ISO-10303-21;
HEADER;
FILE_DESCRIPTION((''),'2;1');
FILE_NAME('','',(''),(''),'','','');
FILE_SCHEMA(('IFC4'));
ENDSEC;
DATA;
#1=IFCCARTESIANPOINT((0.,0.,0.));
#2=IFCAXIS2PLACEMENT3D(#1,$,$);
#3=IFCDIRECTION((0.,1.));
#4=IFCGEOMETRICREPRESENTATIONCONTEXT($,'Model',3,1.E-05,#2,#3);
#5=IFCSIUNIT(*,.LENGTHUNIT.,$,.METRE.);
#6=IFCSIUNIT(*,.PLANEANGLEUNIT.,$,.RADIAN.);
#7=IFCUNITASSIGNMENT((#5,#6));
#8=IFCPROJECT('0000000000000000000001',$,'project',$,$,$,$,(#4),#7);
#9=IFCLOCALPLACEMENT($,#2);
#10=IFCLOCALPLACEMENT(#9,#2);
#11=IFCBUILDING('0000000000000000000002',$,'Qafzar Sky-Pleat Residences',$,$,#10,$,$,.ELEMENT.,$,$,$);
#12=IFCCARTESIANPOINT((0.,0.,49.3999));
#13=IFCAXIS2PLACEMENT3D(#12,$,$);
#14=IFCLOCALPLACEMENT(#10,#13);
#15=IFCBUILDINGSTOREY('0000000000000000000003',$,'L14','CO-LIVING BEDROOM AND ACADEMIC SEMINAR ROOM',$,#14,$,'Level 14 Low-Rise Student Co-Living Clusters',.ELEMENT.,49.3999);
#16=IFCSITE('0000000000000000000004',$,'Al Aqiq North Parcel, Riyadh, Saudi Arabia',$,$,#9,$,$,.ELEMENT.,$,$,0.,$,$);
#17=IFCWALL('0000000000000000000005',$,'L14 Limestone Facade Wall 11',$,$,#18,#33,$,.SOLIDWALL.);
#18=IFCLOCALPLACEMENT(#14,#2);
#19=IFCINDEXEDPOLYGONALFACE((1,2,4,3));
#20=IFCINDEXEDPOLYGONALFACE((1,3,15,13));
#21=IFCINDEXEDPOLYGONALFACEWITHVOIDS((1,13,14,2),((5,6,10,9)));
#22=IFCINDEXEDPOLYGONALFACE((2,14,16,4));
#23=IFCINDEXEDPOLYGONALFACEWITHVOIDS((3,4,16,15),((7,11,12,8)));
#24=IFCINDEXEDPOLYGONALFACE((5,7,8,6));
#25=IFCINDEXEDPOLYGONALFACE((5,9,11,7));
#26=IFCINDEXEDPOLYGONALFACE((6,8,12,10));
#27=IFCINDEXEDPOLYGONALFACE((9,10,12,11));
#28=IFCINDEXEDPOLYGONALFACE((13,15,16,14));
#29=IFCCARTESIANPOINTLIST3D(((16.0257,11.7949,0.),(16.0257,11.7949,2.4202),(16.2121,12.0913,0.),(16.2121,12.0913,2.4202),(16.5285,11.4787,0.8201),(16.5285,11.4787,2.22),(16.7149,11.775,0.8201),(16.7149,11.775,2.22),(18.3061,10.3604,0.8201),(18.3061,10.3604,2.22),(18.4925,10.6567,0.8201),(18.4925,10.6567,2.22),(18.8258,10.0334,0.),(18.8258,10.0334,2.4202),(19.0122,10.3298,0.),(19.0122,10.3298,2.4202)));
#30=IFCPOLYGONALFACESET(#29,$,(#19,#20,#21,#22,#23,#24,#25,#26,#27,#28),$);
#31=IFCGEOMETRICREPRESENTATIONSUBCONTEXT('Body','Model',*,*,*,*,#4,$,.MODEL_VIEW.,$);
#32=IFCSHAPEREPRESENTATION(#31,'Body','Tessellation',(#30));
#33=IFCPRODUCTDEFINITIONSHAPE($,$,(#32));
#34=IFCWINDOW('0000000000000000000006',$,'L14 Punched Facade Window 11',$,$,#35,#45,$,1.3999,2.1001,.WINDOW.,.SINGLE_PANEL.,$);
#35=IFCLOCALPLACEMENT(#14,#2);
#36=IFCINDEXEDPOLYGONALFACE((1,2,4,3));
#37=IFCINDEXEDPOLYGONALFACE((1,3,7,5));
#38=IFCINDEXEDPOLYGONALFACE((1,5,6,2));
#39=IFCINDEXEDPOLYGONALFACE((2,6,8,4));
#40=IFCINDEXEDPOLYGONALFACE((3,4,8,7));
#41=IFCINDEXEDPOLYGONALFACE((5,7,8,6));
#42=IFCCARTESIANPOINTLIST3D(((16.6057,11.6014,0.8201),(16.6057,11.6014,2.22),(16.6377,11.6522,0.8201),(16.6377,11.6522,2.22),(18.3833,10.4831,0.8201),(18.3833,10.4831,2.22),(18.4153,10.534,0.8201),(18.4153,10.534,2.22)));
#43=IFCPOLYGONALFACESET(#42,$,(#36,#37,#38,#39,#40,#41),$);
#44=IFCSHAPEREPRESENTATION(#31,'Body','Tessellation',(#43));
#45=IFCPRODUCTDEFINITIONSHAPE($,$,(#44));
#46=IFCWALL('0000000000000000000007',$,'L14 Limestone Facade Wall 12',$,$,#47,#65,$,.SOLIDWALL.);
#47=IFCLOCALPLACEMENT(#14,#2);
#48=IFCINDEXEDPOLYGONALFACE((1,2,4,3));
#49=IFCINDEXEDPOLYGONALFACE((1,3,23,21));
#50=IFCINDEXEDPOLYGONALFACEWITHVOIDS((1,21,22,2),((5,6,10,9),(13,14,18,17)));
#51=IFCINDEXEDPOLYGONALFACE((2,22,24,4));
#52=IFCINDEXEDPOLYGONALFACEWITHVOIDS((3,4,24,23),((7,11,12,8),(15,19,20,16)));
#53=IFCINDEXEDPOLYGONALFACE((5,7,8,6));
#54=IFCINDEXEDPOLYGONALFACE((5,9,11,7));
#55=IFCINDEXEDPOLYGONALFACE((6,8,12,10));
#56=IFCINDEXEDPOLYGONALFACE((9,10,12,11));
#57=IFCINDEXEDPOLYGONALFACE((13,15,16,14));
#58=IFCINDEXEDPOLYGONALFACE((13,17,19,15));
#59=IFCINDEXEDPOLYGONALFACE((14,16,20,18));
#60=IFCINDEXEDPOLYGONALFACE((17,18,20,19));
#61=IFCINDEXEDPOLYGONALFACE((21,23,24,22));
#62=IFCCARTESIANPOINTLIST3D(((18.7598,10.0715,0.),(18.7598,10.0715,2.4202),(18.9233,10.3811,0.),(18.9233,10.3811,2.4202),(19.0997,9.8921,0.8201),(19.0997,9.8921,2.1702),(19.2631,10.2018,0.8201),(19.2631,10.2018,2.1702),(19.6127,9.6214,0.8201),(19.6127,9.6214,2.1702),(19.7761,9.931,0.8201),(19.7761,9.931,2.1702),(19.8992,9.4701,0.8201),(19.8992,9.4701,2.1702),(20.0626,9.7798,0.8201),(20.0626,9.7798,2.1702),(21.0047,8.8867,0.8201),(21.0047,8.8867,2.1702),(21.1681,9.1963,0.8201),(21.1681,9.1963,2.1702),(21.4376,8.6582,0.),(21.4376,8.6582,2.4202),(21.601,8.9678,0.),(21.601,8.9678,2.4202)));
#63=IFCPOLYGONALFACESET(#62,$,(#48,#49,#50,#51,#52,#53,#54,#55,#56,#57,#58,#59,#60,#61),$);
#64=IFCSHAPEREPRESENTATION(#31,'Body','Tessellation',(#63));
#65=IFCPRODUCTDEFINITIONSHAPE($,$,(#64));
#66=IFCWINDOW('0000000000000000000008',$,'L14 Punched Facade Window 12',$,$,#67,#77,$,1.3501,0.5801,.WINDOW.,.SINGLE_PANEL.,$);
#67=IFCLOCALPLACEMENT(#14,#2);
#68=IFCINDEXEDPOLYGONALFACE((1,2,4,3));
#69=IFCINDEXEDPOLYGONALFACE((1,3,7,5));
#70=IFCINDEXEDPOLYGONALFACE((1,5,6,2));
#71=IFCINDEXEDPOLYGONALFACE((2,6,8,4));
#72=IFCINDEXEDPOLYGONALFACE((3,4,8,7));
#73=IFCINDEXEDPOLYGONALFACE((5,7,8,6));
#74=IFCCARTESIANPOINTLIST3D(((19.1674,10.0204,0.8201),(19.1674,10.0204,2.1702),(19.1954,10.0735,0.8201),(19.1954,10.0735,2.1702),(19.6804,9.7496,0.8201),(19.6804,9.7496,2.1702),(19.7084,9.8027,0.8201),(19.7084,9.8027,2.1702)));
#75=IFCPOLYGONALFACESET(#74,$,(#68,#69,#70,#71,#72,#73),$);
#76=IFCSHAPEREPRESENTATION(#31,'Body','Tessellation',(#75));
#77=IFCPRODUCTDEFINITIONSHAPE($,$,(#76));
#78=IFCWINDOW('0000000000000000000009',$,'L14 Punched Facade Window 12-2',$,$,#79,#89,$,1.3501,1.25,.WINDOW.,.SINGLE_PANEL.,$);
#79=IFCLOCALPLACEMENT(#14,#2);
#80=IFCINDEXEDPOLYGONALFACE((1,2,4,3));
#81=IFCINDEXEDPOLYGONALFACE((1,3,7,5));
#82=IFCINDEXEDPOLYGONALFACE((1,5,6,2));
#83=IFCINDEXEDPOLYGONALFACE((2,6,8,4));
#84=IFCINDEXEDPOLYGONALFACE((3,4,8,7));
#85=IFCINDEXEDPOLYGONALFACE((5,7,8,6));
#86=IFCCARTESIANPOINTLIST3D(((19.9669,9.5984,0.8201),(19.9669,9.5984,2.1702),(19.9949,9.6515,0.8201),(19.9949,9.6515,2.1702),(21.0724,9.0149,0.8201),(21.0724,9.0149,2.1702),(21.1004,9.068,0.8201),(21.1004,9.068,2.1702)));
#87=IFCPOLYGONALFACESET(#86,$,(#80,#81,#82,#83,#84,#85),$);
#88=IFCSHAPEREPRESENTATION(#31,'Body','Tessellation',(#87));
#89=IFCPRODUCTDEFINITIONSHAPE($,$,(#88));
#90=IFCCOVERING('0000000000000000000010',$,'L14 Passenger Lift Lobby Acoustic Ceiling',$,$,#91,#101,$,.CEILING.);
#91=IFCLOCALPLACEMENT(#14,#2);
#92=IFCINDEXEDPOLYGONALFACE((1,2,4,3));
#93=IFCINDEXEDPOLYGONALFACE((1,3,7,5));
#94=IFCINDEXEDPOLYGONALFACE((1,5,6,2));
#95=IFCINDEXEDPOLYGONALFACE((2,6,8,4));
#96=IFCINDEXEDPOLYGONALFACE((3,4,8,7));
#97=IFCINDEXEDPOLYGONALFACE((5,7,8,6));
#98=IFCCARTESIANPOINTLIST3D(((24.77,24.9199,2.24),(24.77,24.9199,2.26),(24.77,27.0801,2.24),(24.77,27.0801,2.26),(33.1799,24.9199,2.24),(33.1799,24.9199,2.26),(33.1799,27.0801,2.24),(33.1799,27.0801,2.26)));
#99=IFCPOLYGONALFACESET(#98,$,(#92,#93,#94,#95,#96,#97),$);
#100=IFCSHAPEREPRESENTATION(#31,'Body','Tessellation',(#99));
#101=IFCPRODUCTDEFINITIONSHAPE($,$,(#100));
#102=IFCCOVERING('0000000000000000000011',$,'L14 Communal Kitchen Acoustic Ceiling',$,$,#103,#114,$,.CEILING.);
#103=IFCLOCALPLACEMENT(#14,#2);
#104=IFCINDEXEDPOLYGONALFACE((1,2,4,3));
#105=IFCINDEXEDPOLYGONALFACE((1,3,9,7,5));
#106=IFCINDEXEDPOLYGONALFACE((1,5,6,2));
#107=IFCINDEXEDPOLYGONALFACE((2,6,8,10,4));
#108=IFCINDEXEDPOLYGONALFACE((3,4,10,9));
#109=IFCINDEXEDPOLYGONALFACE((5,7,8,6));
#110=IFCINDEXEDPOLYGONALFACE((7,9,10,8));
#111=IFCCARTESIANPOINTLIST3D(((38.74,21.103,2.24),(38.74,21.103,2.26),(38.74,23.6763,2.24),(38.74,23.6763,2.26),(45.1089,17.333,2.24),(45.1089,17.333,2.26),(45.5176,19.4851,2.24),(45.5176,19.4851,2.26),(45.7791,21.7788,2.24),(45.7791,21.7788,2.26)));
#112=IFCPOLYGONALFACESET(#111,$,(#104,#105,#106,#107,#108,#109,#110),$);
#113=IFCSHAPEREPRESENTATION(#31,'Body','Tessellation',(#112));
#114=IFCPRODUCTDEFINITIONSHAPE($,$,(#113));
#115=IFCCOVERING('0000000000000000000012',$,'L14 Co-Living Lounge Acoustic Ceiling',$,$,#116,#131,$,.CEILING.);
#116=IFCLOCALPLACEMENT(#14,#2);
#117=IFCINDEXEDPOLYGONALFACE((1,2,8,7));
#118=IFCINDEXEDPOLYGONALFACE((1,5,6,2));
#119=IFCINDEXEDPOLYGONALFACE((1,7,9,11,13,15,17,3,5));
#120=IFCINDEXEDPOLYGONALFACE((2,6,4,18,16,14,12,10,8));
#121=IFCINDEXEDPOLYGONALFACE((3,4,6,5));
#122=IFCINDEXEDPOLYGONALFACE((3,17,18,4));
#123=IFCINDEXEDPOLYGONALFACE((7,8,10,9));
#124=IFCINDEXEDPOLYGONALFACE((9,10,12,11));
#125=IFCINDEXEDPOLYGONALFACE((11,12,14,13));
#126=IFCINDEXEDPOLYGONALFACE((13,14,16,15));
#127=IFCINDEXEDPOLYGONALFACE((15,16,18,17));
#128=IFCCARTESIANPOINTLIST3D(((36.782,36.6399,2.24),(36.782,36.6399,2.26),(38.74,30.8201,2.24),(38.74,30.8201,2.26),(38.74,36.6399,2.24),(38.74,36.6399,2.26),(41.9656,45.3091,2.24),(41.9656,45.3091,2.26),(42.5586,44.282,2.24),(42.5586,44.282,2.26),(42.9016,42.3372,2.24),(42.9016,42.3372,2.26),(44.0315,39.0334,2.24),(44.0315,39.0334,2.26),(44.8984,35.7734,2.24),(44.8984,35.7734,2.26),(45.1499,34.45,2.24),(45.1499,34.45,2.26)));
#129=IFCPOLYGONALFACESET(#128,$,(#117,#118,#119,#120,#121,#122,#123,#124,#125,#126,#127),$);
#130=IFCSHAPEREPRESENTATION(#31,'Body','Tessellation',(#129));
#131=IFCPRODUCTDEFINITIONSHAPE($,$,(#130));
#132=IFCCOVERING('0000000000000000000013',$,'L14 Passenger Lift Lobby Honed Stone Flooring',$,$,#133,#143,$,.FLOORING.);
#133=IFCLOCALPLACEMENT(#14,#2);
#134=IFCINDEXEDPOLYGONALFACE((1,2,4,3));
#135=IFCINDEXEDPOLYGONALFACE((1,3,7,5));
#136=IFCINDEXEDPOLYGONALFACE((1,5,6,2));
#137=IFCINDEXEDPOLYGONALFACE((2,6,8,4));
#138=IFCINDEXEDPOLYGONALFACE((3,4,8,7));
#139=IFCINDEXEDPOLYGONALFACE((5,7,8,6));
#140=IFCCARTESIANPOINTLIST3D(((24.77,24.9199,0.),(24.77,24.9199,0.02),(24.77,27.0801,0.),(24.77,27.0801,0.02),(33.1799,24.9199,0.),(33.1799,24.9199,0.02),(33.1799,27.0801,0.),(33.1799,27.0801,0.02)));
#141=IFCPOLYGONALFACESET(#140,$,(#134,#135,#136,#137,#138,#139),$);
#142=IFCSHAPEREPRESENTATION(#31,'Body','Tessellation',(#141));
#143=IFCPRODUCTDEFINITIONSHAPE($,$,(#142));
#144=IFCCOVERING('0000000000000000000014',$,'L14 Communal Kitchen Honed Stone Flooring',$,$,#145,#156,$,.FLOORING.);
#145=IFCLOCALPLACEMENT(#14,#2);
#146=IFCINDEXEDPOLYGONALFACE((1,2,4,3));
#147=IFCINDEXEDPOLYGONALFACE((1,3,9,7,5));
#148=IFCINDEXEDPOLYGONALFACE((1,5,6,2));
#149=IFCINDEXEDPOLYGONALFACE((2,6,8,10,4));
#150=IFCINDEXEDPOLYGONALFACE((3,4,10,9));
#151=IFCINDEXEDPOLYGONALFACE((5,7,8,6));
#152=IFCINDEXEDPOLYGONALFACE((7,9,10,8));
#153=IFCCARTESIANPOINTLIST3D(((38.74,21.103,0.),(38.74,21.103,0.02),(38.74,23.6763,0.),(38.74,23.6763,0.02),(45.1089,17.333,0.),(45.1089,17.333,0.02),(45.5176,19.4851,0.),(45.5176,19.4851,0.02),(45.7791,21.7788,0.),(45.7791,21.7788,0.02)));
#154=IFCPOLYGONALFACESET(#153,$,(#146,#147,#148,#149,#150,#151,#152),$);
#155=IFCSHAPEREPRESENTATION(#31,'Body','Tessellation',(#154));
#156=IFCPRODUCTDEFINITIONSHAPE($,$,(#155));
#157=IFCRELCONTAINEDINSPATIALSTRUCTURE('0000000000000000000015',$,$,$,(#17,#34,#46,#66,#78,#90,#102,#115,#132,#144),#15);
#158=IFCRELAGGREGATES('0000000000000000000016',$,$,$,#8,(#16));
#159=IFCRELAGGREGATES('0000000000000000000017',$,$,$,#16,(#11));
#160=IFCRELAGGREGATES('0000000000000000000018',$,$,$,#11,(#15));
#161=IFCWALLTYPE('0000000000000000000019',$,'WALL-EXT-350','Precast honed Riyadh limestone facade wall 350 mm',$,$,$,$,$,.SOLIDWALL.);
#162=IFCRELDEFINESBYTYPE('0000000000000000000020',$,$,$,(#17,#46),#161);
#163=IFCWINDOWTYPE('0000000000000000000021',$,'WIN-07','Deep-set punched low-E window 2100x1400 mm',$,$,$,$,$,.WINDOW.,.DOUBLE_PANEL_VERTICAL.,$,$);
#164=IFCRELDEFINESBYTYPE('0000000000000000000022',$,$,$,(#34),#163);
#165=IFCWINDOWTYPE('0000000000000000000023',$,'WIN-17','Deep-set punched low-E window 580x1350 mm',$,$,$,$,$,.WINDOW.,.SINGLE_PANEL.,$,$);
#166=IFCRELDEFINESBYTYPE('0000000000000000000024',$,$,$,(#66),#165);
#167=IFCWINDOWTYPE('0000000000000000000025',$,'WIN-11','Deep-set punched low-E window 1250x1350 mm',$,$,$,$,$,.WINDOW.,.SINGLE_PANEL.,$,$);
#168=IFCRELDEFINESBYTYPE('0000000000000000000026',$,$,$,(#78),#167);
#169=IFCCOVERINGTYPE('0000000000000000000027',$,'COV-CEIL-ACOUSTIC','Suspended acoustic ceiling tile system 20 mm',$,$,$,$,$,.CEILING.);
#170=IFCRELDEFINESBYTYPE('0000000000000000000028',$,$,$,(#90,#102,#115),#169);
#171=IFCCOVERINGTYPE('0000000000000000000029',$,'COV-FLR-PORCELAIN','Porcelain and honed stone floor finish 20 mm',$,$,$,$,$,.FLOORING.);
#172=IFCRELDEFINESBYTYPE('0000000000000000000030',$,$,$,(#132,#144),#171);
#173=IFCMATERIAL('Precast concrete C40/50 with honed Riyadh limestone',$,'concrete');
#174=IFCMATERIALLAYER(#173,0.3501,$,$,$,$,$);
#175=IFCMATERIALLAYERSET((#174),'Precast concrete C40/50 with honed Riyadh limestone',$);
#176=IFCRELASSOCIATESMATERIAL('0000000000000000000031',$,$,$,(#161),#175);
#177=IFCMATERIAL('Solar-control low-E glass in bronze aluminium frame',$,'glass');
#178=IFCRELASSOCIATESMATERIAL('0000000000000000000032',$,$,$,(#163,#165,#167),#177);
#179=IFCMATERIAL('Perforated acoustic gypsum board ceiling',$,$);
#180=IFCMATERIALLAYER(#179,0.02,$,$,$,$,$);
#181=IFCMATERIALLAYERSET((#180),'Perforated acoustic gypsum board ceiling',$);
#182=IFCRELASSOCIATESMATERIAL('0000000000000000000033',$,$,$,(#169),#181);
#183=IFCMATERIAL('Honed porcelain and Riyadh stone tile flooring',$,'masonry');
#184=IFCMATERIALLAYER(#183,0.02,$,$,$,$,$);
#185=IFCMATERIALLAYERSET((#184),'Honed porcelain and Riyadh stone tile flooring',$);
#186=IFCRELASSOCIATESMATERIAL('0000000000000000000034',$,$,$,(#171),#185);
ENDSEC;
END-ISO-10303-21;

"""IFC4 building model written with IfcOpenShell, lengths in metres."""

from ifc_helpers import new_model, si_unit, direction, frame, frame_2d, origin, place, context, subcontext, project, spatial, polyline, rectangle, outline, extrude, source, transform, mapped, material, layer, layer_set, type_object, element, fill, save


model = new_model("IFC4")

# Units and contexts
model_context = context("Model", 3, precision=1e-05, world=origin(), true_north=direction((0.0, 1.0)))
body_context = subcontext(model_context, "Body", "Model", "MODEL_VIEW")
ifc_project = project(units=[si_unit("LENGTHUNIT", "METRE"), si_unit("PLANEANGLEUNIT", "RADIAN")], contexts=[model_context])

# Site, building, storey
site_placement = place(None, origin())
site = spatial("IfcSite", under=ifc_project, at=site_placement, Name="Al Aqiq North Parcel, Riyadh, Saudi Arabia", CompositionType="ELEMENT", RefElevation=0.0)
building_placement = place(site_placement, origin())
building = spatial("IfcBuilding", under=site, at=building_placement, Name="Qafzar Sky-Pleat Residences", CompositionType="ELEMENT")
storey_placement = place(building_placement, frame((0.0, 0.0, 49.3999)))
storey = spatial("IfcBuildingStorey", under=building, at=storey_placement, Name="L14", Description="CO-LIVING BEDROOM AND ACADEMIC SEMINAR ROOM", LongName="Level 14 Low-Rise Student Co-Living Clusters", CompositionType="ELEMENT", Elevation=49.3999)

# Wall, opening, window
ifc_material_1 = material(Name="Precast concrete C40/50 with honed Riyadh limestone", Category="concrete")
ifc_layer_1 = layer(ifc_material_1, 0.3501)
ifc_layer_set_1 = layer_set([ifc_layer_1], Name="Precast concrete C40/50 with honed Riyadh limestone")
wall_type = type_object("IfcWallType", Name="WALL-EXT-350", Description="Precast honed Riyadh limestone facade wall 350 mm", PredefinedType="SOLIDWALL", material=ifc_layer_set_1)
wall_1_placement = place(storey_placement, frame((16.1189, 11.9431, 0.0), z_axis=(0.0, 0.0, 1.0), x_axis=(0.84644, -0.532484, 0.0)))
wall_1 = element("IfcWall", 1, at=wall_1_placement, inside=storey, type_object=wall_type, Name="L14 Limestone Facade Wall 11", PredefinedType="SOLIDWALL", context=body_context, shape_type="SweptSolid", body=[
    extrude(rectangle(XDim=3.3081, YDim=0.3501, at=frame_2d((1.6541, 0.0))), origin(), (0.0, 0.0, 1.0), 2.4202),
])
opening_1_placement = place(wall_1_placement, frame((0.594, 0.0, 0.8201)))
opening_1 = element("IfcOpeningElement", 2, at=opening_1_placement, cuts=wall_1, PredefinedType="OPENING", context=body_context, shape_type="SweptSolid", body=[
    extrude(rectangle(XDim=2.1001, YDim=1.3999, at=frame_2d((1.05, 0.7))), frame((0.0, 0.1851, 0.0), z_axis=(0.0, -1.0, 0.0), x_axis=(1.0, 0.0, 0.0)), (0.0, 0.0, 1.0), 0.3701),
])
ifc_material_2 = material(Name="Solar-control low-E glass in bronze aluminium frame", Category="glass")
window_type_1 = type_object("IfcWindowType", Name="WIN-07", Description="Deep-set punched low-E window 2100x1400 mm", PartitioningType="DOUBLE_PANEL_VERTICAL", PredefinedType="WINDOW", material=ifc_material_2)
shared_shape_1 = source(origin(), body_context, "Body", "SweptSolid", [
    extrude(rectangle(XDim=2.1001, YDim=1.3999, at=frame_2d((1.05, 0.7))), frame((0.0, 0.03, 0.0), z_axis=(0.0, -1.0, 0.0), x_axis=(1.0, 0.0, 0.0)), (0.0, 0.0, 1.0), 0.0601),
])
window_1_placement = place(opening_1_placement, origin())
window_1 = element("IfcWindow", 3, at=window_1_placement, inside=storey, type_object=window_type_1, Name="L14 Punched Facade Window 11", OverallHeight=1.3999, OverallWidth=2.1001, PartitioningType="SINGLE_PANEL", PredefinedType="WINDOW", context=body_context, shape_type="MappedRepresentation", body=[
    mapped(shared_shape_1, transform((0.0, 0.0, 0.0), x_axis=(1.0, 0.0, 0.0), y_axis=(0.0, 1.0, 0.0), z_axis=(0.0, 0.0, 1.0), scale=1.0)),
])
fill(opening_1, window_1)

# Wall, openings, windows
wall_2_placement = place(storey_placement, frame((18.8416, 10.2263, 0.0), z_axis=(0.0, 0.0, 1.0), x_axis=(0.884374, -0.46678, 0.0)))
wall_2 = element("IfcWall", 4, at=wall_2_placement, inside=storey, type_object=wall_type, Name="L14 Limestone Facade Wall 12", PredefinedType="SOLIDWALL", context=body_context, shape_type="SweptSolid", body=[
    extrude(rectangle(XDim=3.0278, YDim=0.3501, at=frame_2d((1.5139, 0.0))), origin(), (0.0, 0.0, 1.0), 2.4202),
])
opening_2_placement = place(wall_2_placement, frame((0.3843, 0.0, 0.8201)))
opening_2 = element("IfcOpeningElement", 5, at=opening_2_placement, cuts=wall_2, PredefinedType="OPENING", context=body_context, shape_type="SweptSolid", body=[
    extrude(rectangle(XDim=0.5801, YDim=1.3501, at=frame_2d((0.29, 0.675))), frame((0.0, 0.1851, 0.0), z_axis=(0.0, -1.0, 0.0), x_axis=(1.0, 0.0, 0.0)), (0.0, 0.0, 1.0), 0.3701),
])
opening_3_placement = place(wall_2_placement, frame((1.2883, 0.0, 0.8201)))
opening_3 = element("IfcOpeningElement", 6, at=opening_3_placement, cuts=wall_2, PredefinedType="OPENING", context=body_context, shape_type="SweptSolid", body=[
    extrude(rectangle(XDim=1.25, YDim=1.3501, at=frame_2d((0.625, 0.675))), frame((0.0, 0.1851, 0.0), z_axis=(0.0, -1.0, 0.0), x_axis=(1.0, 0.0, 0.0)), (0.0, 0.0, 1.0), 0.3701),
])
window_type_2 = type_object("IfcWindowType", Name="WIN-17", Description="Deep-set punched low-E window 580x1350 mm", PartitioningType="SINGLE_PANEL", PredefinedType="WINDOW", material=ifc_material_2)
shared_shape_2 = source(origin(), body_context, "Body", "SweptSolid", [
    extrude(rectangle(XDim=0.5801, YDim=1.3501, at=frame_2d((0.29, 0.675))), frame((0.0, 0.03, 0.0), z_axis=(0.0, -1.0, 0.0), x_axis=(1.0, 0.0, 0.0)), (0.0, 0.0, 1.0), 0.0601),
])
window_2_placement = place(opening_2_placement, origin())
window_2 = element("IfcWindow", 7, at=window_2_placement, inside=storey, type_object=window_type_2, Name="L14 Punched Facade Window 12", OverallHeight=1.3501, OverallWidth=0.5801, PartitioningType="SINGLE_PANEL", PredefinedType="WINDOW", context=body_context, shape_type="MappedRepresentation", body=[
    mapped(shared_shape_2, transform((0.0, 0.0, 0.0), x_axis=(1.0, 0.0, 0.0), y_axis=(0.0, 1.0, 0.0), z_axis=(0.0, 0.0, 1.0), scale=1.0)),
])
fill(opening_2, window_2)
window_type_3 = type_object("IfcWindowType", Name="WIN-11", Description="Deep-set punched low-E window 1250x1350 mm", PartitioningType="SINGLE_PANEL", PredefinedType="WINDOW", material=ifc_material_2)
shared_shape_3 = source(origin(), body_context, "Body", "SweptSolid", [
    extrude(rectangle(XDim=1.25, YDim=1.3501, at=frame_2d((0.625, 0.675))), frame((0.0, 0.03, 0.0), z_axis=(0.0, -1.0, 0.0), x_axis=(1.0, 0.0, 0.0)), (0.0, 0.0, 1.0), 0.0601),
])
window_3_placement = place(opening_3_placement, origin())
window_3 = element("IfcWindow", 8, at=window_3_placement, inside=storey, type_object=window_type_3, Name="L14 Punched Facade Window 12-2", OverallHeight=1.3501, OverallWidth=1.25, PartitioningType="SINGLE_PANEL", PredefinedType="WINDOW", context=body_context, shape_type="MappedRepresentation", body=[
    mapped(shared_shape_3, transform((0.0, 0.0, 0.0), x_axis=(1.0, 0.0, 0.0), y_axis=(0.0, 1.0, 0.0), z_axis=(0.0, 0.0, 1.0), scale=1.0)),
])
fill(opening_3, window_3)

# Coverings
ifc_material_3 = material(Name="Perforated acoustic gypsum board ceiling")
ifc_layer_2 = layer(ifc_material_3, 0.02)
ifc_layer_set_2 = layer_set([ifc_layer_2], Name="Perforated acoustic gypsum board ceiling")
covering_type_1 = type_object("IfcCoveringType", Name="COV-CEIL-ACOUSTIC", Description="Suspended acoustic ceiling tile system 20 mm", PredefinedType="CEILING", material=ifc_layer_set_2)
covering_1_placement = place(storey_placement, frame((0.0, 0.0, 2.24)))
element("IfcCovering", 9, at=covering_1_placement, inside=storey, type_object=covering_type_1, Name="L14 Passenger Lift Lobby Acoustic Ceiling", PredefinedType="CEILING", context=body_context, shape_type="SweptSolid", body=[
    extrude(outline(polyline([(33.1799, 24.9199), (24.77, 24.9199), (24.77, 27.0801), (33.1799, 27.0801), (33.1799, 24.9199)])), origin(), (0.0, 0.0, 1.0), 0.02),
])
covering_2_placement = place(storey_placement, frame((0.0, 0.0, 2.24)))
element("IfcCovering", 10, at=covering_2_placement, inside=storey, type_object=covering_type_1, Name="L14 Communal Kitchen Acoustic Ceiling", PredefinedType="CEILING", context=body_context, shape_type="SweptSolid", body=[
    extrude(outline(polyline([(45.5176, 19.4851), (45.1089, 17.333), (38.74, 21.103), (38.74, 23.6763), (45.7791, 21.7788), (45.5176, 19.4851)])), origin(), (0.0, 0.0, 1.0), 0.02),
])
covering_3_placement = place(storey_placement, frame((0.0, 0.0, 2.24)))
element("IfcCovering", 11, at=covering_3_placement, inside=storey, type_object=covering_type_1, Name="L14 Co-Living Lounge Acoustic Ceiling", PredefinedType="CEILING", context=body_context, shape_type="SweptSolid", body=[
    extrude(outline(polyline([(42.5586, 44.282), (42.9016, 42.3372), (44.0315, 39.0334), (44.8984, 35.7734), (45.1499, 34.45), (38.74, 30.8201), (38.74, 36.6399), (36.782, 36.6399), (41.9656, 45.3091), (42.5586, 44.282)])), origin(), (0.0, 0.0, 1.0), 0.02),
])
ifc_material_4 = material(Name="Honed porcelain and Riyadh stone tile flooring", Category="masonry")
ifc_layer_3 = layer(ifc_material_4, 0.02)
ifc_layer_set_3 = layer_set([ifc_layer_3], Name="Honed porcelain and Riyadh stone tile flooring")
covering_type_2 = type_object("IfcCoveringType", Name="COV-FLR-PORCELAIN", Description="Porcelain and honed stone floor finish 20 mm", PredefinedType="FLOORING", material=ifc_layer_set_3)
covering_4_placement = place(storey_placement, origin())
element("IfcCovering", 12, at=covering_4_placement, inside=storey, type_object=covering_type_2, Name="L14 Passenger Lift Lobby Honed Stone Flooring", PredefinedType="FLOORING", context=body_context, shape_type="SweptSolid", body=[
    extrude(outline(polyline([(33.1799, 24.9199), (24.77, 24.9199), (24.77, 27.0801), (33.1799, 27.0801), (33.1799, 24.9199)])), origin(), (0.0, 0.0, 1.0), 0.02),
])
covering_5_placement = place(storey_placement, origin())
element("IfcCovering", 13, at=covering_5_placement, inside=storey, type_object=covering_type_2, Name="L14 Communal Kitchen Honed Stone Flooring", PredefinedType="FLOORING", context=body_context, shape_type="SweptSolid", body=[
    extrude(outline(polyline([(45.5176, 19.4851), (45.1089, 17.333), (38.74, 21.103), (38.74, 23.6763), (45.7791, 21.7788), (45.5176, 19.4851)])), origin(), (0.0, 0.0, 1.0), 0.02),
])

save(model, "model.ifc")
